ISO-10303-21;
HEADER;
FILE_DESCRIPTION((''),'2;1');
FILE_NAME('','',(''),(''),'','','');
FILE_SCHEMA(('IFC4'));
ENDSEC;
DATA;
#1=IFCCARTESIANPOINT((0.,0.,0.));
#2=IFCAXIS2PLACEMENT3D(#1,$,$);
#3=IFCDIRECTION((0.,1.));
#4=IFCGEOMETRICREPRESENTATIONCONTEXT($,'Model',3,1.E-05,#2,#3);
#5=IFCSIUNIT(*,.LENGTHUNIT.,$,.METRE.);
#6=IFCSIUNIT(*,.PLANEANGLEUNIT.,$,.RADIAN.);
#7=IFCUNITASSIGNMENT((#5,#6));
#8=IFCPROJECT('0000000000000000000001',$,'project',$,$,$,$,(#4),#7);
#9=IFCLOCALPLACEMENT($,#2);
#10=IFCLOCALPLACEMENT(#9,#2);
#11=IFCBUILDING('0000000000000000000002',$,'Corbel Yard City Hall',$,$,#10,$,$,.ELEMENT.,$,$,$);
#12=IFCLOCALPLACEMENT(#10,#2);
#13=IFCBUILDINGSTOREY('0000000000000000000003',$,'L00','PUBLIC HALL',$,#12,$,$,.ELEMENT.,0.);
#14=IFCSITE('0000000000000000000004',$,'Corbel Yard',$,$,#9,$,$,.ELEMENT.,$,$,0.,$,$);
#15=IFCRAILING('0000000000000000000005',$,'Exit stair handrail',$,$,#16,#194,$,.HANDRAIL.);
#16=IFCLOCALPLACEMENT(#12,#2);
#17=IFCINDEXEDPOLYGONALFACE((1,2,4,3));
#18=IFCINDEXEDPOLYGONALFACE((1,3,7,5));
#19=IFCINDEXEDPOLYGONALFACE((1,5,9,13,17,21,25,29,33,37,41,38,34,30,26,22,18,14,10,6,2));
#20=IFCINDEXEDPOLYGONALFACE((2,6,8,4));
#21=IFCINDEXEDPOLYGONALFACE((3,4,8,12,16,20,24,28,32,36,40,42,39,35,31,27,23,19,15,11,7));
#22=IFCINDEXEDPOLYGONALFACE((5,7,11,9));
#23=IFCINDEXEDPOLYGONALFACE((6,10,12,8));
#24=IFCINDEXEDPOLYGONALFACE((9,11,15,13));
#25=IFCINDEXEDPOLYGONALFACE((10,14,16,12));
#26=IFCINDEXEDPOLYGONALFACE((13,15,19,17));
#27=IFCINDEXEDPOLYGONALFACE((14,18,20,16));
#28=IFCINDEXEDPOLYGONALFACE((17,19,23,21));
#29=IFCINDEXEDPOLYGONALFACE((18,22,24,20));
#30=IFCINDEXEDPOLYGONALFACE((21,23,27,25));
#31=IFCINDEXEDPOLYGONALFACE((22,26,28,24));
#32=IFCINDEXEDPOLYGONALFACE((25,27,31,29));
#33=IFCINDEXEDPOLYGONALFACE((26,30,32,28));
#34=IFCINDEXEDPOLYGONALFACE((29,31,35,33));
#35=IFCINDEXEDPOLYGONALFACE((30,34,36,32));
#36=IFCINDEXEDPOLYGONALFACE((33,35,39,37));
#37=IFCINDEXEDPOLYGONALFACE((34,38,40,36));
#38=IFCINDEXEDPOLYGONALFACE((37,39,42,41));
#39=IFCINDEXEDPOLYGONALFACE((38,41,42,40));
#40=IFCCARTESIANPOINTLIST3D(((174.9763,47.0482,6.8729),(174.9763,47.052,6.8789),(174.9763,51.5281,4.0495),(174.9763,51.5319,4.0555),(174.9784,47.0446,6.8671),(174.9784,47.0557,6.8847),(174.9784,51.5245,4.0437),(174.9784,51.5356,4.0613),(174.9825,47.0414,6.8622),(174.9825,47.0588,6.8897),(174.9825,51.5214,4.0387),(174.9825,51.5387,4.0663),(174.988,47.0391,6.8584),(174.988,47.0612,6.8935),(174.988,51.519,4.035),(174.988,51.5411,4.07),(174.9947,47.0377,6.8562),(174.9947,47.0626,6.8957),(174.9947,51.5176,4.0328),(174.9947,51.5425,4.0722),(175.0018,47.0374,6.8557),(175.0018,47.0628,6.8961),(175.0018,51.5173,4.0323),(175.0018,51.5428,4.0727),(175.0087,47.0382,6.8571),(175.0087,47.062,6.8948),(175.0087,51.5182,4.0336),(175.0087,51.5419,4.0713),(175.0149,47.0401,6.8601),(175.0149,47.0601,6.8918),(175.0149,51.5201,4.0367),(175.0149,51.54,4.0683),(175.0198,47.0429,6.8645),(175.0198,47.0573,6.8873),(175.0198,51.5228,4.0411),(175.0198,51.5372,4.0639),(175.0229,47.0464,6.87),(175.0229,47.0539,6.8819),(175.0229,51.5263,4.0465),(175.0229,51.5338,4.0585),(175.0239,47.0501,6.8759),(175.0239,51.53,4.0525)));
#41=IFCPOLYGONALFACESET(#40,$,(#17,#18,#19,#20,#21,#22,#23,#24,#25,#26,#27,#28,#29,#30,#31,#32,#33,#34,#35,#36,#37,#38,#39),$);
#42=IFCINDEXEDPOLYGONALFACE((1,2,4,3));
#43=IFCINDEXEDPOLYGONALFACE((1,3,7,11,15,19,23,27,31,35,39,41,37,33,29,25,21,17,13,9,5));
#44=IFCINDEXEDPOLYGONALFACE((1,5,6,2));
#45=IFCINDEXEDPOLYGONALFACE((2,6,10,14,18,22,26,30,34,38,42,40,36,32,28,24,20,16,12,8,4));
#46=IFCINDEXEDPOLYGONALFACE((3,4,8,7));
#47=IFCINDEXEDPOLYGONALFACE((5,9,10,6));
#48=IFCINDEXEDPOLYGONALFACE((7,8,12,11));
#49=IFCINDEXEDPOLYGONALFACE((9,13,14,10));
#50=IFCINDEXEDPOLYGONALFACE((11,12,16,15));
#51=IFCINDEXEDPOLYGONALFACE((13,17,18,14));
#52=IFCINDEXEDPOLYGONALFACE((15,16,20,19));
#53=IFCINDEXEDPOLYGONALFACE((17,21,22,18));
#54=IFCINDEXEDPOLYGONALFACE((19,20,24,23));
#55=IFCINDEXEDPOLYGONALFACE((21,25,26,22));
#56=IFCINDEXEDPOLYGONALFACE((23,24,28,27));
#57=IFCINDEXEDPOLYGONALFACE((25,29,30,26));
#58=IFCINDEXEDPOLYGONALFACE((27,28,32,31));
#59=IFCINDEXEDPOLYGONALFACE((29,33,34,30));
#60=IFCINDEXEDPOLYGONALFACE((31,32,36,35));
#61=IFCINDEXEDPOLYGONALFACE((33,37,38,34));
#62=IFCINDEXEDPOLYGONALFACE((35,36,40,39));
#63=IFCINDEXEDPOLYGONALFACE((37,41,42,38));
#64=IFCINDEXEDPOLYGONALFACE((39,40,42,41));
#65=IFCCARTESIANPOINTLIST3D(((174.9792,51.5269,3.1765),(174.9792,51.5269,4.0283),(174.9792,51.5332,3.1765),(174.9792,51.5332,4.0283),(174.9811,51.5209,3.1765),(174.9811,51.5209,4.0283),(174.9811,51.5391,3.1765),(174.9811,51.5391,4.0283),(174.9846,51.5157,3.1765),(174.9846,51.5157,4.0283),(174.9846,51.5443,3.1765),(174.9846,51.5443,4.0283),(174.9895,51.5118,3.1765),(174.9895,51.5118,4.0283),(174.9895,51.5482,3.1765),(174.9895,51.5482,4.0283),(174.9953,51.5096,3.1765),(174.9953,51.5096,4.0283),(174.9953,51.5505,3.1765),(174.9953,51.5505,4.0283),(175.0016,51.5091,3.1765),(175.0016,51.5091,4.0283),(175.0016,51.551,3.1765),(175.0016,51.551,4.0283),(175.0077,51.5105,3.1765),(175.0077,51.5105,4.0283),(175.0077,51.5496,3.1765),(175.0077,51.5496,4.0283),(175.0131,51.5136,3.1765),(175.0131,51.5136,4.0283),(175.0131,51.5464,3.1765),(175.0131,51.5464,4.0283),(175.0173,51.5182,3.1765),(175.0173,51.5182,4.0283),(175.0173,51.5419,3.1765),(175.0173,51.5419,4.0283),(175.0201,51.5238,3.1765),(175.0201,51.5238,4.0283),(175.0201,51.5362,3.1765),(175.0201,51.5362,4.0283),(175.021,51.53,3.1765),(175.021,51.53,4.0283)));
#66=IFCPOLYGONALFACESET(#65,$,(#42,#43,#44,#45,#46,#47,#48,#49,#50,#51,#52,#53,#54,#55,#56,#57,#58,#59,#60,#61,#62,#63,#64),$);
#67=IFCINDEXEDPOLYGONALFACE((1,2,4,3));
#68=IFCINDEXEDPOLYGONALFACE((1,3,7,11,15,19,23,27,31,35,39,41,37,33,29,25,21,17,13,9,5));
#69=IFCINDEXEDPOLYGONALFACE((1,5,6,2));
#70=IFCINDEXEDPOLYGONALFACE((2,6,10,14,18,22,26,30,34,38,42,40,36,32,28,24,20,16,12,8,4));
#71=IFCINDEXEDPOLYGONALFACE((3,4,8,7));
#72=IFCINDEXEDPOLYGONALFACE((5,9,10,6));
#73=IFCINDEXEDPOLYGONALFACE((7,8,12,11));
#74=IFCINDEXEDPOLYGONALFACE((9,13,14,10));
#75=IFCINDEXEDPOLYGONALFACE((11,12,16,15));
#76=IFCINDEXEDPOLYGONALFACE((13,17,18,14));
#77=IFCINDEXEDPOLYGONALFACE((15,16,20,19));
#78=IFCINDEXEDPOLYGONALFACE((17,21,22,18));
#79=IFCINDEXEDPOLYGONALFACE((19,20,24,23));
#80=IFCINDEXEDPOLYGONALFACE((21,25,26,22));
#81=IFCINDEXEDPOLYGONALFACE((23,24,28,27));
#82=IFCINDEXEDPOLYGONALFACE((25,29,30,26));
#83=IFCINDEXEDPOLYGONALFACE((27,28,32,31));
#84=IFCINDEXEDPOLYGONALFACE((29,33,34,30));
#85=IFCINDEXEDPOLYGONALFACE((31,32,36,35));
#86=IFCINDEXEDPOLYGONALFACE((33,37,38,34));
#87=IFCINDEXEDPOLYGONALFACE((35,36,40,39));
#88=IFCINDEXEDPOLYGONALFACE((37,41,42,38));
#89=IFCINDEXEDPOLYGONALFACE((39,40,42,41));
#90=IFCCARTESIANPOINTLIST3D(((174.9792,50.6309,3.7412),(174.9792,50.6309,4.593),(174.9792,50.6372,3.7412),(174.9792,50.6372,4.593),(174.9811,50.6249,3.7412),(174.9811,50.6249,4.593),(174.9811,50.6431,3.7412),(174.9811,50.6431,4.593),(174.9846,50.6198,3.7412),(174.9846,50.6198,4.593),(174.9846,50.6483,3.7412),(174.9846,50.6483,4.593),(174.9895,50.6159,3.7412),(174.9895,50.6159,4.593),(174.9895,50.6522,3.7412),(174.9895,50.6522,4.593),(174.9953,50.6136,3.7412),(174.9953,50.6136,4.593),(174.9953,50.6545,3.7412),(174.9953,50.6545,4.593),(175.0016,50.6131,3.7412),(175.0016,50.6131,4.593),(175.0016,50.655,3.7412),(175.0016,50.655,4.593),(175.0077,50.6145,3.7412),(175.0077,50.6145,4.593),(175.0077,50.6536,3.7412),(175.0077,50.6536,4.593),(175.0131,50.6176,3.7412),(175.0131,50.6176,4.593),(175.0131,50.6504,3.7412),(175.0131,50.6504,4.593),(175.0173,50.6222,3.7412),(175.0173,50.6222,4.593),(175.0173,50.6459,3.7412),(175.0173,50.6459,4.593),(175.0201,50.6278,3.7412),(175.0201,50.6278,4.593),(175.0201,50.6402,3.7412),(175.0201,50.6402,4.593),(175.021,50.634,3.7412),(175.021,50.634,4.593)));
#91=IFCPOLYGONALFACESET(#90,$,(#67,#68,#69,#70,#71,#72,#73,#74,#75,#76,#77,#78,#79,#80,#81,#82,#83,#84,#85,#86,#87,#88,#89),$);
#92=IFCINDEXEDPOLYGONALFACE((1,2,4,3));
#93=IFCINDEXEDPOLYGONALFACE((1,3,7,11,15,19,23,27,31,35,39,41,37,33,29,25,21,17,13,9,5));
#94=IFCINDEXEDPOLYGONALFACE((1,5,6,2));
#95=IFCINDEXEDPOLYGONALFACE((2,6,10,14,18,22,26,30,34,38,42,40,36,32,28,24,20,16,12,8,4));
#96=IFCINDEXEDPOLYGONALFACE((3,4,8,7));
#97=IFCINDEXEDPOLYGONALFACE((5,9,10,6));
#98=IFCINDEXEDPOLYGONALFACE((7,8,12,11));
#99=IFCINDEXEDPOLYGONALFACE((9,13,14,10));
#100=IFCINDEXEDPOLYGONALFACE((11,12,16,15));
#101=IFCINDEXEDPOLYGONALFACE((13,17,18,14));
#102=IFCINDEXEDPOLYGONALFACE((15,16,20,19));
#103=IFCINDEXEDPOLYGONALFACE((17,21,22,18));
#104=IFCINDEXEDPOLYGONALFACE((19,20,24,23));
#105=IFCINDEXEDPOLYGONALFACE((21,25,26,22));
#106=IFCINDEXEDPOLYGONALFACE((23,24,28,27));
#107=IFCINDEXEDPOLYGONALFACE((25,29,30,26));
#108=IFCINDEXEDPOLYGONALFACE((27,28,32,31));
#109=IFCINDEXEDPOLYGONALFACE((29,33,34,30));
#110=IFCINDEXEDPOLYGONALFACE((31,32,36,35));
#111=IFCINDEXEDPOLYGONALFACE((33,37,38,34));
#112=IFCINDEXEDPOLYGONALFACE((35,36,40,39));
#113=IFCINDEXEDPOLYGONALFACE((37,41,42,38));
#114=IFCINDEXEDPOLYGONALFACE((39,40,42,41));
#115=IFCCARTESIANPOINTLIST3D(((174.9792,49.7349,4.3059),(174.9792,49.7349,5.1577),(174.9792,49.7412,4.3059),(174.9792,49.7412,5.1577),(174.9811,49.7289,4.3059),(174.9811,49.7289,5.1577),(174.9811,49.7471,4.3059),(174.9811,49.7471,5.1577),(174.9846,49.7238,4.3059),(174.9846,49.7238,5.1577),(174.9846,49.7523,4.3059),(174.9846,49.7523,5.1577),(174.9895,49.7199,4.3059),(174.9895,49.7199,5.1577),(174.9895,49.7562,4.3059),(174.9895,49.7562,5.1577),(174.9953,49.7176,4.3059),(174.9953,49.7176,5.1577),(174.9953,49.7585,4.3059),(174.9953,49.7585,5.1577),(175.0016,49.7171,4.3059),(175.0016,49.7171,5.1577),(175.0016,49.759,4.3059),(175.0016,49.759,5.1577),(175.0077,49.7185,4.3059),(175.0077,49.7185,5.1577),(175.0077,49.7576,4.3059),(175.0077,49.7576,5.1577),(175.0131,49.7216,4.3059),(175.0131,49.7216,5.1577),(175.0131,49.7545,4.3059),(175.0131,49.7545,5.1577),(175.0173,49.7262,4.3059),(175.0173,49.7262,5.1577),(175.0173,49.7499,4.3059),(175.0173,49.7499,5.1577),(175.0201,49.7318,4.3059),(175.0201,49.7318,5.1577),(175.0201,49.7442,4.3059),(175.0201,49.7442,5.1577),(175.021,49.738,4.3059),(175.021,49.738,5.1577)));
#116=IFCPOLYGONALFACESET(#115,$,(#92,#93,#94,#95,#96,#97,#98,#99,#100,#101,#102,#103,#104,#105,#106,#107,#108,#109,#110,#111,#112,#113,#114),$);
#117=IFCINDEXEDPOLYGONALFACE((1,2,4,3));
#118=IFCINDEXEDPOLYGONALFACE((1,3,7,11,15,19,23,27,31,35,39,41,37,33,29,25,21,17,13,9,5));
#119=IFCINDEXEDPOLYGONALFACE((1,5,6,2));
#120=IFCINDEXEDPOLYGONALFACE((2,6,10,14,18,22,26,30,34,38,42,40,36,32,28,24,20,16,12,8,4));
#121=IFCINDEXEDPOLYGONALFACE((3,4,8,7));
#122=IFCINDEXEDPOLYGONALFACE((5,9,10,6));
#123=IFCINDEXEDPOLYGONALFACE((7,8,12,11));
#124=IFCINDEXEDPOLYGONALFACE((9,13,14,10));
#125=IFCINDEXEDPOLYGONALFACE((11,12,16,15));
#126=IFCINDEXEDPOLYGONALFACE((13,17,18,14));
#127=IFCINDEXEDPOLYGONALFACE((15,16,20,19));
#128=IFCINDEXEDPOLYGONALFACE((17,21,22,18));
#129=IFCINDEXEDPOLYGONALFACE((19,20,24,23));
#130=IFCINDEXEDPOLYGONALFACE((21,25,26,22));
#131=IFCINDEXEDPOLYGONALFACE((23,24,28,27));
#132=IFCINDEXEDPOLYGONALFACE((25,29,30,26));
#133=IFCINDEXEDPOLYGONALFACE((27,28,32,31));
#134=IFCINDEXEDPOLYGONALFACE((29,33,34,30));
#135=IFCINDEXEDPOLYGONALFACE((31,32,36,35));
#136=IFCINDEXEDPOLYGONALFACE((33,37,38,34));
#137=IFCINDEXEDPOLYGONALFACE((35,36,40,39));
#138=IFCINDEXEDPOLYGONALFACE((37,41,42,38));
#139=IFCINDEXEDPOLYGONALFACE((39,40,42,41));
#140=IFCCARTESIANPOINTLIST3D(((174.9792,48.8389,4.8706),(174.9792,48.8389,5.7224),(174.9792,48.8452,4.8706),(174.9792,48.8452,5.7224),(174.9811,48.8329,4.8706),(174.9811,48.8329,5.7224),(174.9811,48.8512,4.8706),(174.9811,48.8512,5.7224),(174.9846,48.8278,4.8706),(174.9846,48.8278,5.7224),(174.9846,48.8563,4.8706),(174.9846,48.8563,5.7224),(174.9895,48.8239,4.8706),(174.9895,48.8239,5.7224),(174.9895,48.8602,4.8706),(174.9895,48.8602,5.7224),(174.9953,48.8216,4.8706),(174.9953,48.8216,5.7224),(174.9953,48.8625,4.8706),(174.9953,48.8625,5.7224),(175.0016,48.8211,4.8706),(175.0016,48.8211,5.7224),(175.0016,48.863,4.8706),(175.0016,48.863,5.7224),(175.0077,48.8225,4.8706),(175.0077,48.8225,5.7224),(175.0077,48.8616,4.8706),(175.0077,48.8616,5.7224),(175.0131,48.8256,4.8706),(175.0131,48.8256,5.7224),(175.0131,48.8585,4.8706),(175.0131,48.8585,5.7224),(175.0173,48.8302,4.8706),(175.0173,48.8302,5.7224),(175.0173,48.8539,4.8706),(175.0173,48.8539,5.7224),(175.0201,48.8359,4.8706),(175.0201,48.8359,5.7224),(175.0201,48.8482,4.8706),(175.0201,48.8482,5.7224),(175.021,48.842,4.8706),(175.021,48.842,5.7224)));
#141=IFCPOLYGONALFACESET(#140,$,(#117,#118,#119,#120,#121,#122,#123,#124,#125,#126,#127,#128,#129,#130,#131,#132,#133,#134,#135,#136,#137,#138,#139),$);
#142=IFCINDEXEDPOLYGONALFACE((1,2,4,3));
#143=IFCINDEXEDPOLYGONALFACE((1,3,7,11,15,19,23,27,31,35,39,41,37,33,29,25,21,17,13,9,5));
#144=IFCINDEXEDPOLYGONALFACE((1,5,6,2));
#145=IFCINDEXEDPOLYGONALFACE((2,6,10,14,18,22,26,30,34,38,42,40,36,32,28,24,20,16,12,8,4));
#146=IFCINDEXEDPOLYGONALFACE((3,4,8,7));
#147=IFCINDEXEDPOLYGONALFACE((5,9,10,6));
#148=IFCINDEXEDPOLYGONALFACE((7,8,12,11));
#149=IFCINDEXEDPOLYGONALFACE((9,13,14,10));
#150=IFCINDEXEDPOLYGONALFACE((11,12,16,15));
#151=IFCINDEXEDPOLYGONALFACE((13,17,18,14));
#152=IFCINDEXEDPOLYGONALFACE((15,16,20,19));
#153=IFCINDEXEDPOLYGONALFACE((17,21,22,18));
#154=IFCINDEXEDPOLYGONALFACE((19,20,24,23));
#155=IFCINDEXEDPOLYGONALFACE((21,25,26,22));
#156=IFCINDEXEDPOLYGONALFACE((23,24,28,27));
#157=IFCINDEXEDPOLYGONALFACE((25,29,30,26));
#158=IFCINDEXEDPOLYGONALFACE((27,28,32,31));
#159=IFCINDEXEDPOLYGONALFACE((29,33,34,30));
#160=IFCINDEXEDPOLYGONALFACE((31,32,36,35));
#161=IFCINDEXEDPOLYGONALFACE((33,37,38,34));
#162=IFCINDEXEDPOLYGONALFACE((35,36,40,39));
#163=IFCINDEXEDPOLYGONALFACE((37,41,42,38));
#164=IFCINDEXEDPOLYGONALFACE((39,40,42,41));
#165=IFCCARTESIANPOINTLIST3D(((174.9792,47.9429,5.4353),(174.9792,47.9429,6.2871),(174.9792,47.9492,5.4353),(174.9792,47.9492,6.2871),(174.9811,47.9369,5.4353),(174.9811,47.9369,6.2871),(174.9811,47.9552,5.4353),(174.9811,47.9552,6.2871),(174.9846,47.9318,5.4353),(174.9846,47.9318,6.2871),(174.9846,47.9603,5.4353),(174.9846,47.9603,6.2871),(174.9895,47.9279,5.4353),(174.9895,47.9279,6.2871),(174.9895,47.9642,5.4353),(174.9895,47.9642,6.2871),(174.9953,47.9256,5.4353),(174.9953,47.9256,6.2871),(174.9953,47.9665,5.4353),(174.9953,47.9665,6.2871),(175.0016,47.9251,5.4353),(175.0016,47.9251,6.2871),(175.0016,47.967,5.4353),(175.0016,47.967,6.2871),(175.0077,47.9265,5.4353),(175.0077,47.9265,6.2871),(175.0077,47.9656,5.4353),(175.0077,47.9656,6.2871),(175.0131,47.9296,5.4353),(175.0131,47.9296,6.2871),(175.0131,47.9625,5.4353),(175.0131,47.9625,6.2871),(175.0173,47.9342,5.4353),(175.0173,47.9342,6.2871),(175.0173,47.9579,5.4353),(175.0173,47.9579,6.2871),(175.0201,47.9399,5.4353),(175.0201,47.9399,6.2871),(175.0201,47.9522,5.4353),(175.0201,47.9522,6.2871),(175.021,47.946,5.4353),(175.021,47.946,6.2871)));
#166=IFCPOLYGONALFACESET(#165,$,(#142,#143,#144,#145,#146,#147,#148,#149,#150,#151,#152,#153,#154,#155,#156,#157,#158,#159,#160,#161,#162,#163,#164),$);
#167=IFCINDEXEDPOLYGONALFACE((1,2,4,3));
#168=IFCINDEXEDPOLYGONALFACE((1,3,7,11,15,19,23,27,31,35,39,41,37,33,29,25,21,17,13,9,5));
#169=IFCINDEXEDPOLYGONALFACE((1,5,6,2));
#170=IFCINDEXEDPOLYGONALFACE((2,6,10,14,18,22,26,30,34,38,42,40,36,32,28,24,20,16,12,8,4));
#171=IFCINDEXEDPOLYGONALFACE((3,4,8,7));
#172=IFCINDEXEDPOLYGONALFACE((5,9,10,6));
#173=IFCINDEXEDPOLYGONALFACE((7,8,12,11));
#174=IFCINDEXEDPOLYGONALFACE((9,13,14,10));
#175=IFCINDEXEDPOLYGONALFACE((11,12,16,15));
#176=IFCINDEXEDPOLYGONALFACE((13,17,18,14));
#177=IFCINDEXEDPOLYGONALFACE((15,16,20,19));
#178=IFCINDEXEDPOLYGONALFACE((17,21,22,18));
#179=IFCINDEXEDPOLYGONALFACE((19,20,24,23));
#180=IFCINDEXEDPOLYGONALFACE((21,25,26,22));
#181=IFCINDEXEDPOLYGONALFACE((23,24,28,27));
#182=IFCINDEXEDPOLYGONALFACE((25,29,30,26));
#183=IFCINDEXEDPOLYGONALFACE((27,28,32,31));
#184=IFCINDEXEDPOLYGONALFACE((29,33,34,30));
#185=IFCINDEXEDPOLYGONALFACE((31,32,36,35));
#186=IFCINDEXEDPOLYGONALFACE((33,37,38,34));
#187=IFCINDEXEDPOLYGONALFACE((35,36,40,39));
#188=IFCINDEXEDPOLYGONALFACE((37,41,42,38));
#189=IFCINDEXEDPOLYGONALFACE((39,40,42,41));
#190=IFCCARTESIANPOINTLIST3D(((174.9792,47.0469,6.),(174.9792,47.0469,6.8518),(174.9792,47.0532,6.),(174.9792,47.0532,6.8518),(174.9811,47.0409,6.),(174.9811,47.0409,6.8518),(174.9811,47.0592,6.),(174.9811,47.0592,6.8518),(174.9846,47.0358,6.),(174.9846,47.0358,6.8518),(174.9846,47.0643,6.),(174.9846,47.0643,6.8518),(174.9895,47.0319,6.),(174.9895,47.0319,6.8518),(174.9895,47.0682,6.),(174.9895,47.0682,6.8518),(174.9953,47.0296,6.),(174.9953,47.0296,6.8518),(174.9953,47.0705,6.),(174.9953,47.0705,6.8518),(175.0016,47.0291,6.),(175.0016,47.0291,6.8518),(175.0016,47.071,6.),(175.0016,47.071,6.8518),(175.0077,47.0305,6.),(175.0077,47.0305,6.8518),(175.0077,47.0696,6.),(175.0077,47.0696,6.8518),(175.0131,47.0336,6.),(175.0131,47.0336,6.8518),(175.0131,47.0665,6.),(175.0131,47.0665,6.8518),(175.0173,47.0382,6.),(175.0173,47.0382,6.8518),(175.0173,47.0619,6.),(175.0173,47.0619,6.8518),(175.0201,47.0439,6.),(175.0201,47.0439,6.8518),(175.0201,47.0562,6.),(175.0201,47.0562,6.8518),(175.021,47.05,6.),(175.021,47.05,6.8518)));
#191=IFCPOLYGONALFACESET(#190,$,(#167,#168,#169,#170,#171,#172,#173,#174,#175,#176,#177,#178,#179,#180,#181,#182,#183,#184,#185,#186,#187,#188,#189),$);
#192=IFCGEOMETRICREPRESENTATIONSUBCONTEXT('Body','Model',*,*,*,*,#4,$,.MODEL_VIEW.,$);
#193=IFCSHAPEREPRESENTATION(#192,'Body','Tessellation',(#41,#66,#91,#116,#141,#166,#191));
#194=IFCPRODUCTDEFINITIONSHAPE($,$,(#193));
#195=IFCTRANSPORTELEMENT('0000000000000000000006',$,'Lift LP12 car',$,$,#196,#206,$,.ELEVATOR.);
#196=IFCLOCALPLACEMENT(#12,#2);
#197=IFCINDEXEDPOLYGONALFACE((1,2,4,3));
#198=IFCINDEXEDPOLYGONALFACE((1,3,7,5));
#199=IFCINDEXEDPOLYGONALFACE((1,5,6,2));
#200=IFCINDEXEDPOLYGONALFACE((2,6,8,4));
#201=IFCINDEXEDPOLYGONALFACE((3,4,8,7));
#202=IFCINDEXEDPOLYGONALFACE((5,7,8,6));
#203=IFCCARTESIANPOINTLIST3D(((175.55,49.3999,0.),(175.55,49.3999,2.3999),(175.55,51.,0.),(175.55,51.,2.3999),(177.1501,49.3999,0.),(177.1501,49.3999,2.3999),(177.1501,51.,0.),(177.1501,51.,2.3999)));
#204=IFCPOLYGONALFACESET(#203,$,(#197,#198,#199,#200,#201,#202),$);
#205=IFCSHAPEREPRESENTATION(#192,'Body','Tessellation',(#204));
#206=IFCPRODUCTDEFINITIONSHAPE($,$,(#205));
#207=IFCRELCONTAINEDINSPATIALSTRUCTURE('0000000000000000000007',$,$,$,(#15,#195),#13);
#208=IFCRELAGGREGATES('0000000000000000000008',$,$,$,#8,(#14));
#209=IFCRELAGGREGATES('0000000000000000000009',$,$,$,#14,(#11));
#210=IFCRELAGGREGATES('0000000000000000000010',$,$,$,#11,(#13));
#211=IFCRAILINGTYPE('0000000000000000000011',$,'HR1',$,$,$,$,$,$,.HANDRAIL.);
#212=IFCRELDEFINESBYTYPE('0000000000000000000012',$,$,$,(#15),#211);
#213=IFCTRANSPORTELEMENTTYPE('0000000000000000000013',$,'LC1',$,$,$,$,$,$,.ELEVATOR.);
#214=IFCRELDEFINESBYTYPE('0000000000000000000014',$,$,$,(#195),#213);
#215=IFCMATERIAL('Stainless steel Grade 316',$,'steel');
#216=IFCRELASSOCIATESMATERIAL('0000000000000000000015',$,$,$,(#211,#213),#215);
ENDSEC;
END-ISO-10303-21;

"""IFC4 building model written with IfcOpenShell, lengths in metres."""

from ifc_helpers import new_model, si_unit, direction, frame, origin, origin_2d, place, context, subcontext, project, spatial, rectangle, circle, extrude, material, type_object, element, save


model = new_model("IFC4")

# Units and contexts
model_context = context("Model", 3, precision=1e-05, world=origin(), true_north=direction((0.0, 1.0)))
body_context = subcontext(model_context, "Body", "Model", "MODEL_VIEW")
ifc_project = project(units=[si_unit("LENGTHUNIT", "METRE"), si_unit("PLANEANGLEUNIT", "RADIAN")], contexts=[model_context])

# Site, building, storey
site_placement = place(None, origin())
site = spatial("IfcSite", under=ifc_project, at=site_placement, Name="Corbel Yard", CompositionType="ELEMENT", RefElevation=0.0)
building_placement = place(site_placement, origin())
building = spatial("IfcBuilding", under=site, at=building_placement, Name="Corbel Yard City Hall", CompositionType="ELEMENT")
storey_placement = place(building_placement, origin())
storey = spatial("IfcBuildingStorey", under=building, at=storey_placement, Name="L00", Description="PUBLIC HALL", CompositionType="ELEMENT", Elevation=0.0)

# Shared definitions
ifc_material_1 = material(Name="Stainless steel Grade 316", Category="steel")

# Railing
railing_type = type_object("IfcRailingType", Name="HR1", PredefinedType="HANDRAIL", material=ifc_material_1)
for number, where, name in (
    (1, (175.0, 51.53, 3.1765), "Exit stair handrail"),
):
    element("IfcRailing", number, at=place(storey_placement, frame(where)), inside=storey, type_object=railing_type, Name=name, PredefinedType="HANDRAIL", context=body_context, shape_type="SweptSolid", body=[
        extrude(circle(Radius=0.0239, at=origin_2d()), frame((0.0, 0.0, 0.876), z_axis=(0.0, -0.845998, 0.533186), x_axis=(1.0, 0.0, 0.0)), (0.0, 0.0, 1.0), 5.2954),
        extrude(circle(Radius=0.021, at=origin_2d()), origin(), (0.0, 0.0, 1.0), 0.8518),
        extrude(circle(Radius=0.021, at=origin_2d()), frame((0.0, -0.896, 0.5647)), (0.0, 0.0, 1.0), 0.8518),
        extrude(circle(Radius=0.021, at=origin_2d()), frame((0.0, -1.792, 1.1294)), (0.0, 0.0, 1.0), 0.8518),
        extrude(circle(Radius=0.021, at=origin_2d()), frame((0.0, -2.688, 1.6941)), (0.0, 0.0, 1.0), 0.8518),
        extrude(circle(Radius=0.021, at=origin_2d()), frame((0.0, -3.584, 2.2588)), (0.0, 0.0, 1.0), 0.8518),
        extrude(circle(Radius=0.021, at=origin_2d()), frame((0.0, -4.48, 2.8235)), (0.0, 0.0, 1.0), 0.8518),
    ])

# Transport element
transport_element_type = type_object("IfcTransportElementType", Name="LC1", PredefinedType="ELEVATOR", material=ifc_material_1)
transport_element_placement = place(storey_placement, frame((176.3501, 50.2, 0.0), z_axis=(0.0, 0.0, 1.0), x_axis=(1.0, 0.0, 0.0)))
element("IfcTransportElement", 2, at=transport_element_placement, inside=storey, type_object=transport_element_type, Name="Lift LP12 car", PredefinedType="ELEVATOR", context=body_context, shape_type="SweptSolid", body=[
    extrude(rectangle(XDim=1.6001, YDim=1.6001, at=origin_2d()), origin(), (0.0, 0.0, 1.0), 2.3999),
])

save(model, "model.ifc")
